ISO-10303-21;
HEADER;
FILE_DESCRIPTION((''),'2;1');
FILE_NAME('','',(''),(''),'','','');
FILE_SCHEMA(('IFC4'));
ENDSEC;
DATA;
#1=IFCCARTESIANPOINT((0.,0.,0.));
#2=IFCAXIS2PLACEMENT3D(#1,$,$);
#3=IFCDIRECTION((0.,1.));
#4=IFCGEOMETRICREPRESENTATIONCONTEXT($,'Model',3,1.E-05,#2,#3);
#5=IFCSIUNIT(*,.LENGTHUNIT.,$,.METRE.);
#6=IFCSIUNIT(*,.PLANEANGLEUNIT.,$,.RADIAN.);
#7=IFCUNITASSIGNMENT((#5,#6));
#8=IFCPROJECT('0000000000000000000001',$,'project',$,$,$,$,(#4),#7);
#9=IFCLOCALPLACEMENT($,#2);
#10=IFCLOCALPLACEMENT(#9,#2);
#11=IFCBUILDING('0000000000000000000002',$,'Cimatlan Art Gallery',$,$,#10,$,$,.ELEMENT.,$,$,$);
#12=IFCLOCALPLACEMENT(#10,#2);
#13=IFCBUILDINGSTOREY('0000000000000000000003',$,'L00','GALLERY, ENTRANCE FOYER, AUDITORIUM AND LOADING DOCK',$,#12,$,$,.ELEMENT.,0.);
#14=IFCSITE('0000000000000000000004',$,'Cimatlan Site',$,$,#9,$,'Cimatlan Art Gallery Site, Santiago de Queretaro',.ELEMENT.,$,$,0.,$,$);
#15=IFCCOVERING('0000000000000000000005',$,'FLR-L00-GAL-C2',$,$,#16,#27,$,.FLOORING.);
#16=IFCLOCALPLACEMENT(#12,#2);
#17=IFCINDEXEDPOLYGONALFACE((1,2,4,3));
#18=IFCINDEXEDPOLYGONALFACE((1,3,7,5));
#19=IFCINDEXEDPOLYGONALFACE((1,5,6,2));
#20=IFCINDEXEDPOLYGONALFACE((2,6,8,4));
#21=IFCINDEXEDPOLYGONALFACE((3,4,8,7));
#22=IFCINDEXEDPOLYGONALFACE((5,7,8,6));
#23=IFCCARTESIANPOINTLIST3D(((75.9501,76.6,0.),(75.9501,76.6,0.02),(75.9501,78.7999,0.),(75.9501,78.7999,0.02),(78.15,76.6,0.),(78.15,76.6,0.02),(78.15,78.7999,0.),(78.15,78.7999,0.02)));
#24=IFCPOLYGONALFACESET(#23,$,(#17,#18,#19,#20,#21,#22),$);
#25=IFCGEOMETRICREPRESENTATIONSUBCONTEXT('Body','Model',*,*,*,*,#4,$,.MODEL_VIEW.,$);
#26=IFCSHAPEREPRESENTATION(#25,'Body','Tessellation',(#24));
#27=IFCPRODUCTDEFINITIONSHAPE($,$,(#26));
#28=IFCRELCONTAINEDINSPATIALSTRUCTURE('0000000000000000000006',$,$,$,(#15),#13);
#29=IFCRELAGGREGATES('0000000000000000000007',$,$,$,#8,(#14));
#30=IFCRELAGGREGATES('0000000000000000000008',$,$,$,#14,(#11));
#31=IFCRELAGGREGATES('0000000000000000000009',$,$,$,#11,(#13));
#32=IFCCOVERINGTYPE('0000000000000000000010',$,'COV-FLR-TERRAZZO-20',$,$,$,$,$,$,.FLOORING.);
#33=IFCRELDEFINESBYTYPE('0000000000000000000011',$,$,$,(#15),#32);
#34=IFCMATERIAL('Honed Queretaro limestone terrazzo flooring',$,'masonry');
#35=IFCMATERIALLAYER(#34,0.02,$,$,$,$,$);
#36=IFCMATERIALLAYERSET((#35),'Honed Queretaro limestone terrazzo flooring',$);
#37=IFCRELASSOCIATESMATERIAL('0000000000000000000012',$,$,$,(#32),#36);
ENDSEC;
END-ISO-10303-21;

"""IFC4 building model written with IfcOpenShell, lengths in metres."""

from ifc_helpers import new_model, si_unit, direction, frame, origin, origin_2d, place, context, subcontext, project, spatial, rectangle, extrude, material, layer, layer_set, type_object, element, save


model = new_model("IFC4")

# Units and contexts
model_context = context("Model", 3, precision=1e-05, world=origin(), true_north=direction((0.0, 1.0)))
body_context = subcontext(model_context, "Body", "Model", "MODEL_VIEW")
ifc_project = project(units=[si_unit("LENGTHUNIT", "METRE"), si_unit("PLANEANGLEUNIT", "RADIAN")], contexts=[model_context])

# Site, building, storey
site_placement = place(None, origin())
site = spatial("IfcSite", under=ifc_project, at=site_placement, Name="Cimatlan Site", LongName="Cimatlan Art Gallery Site, Santiago de Queretaro", CompositionType="ELEMENT", RefElevation=0.0)
building_placement = place(site_placement, origin())
building = spatial("IfcBuilding", under=site, at=building_placement, Name="Cimatlan Art Gallery", CompositionType="ELEMENT")
storey_placement = place(building_placement, origin())
storey = spatial("IfcBuildingStorey", under=building, at=storey_placement, Name="L00", Description="GALLERY, ENTRANCE FOYER, AUDITORIUM AND LOADING DOCK", CompositionType="ELEMENT", Elevation=0.0)

# Covering
ifc_material_1 = material(Name="Honed Queretaro limestone terrazzo flooring", Category="masonry")
ifc_layer_1 = layer(ifc_material_1, 0.02)
ifc_layer_set_1 = layer_set([ifc_layer_1], Name="Honed Queretaro limestone terrazzo flooring")
covering_type = type_object("IfcCoveringType", Name="COV-FLR-TERRAZZO-20", PredefinedType="FLOORING", material=ifc_layer_set_1)
covering_placement = place(storey_placement, frame((77.05, 77.7, 0.0), z_axis=(0.0, 0.0, 1.0), x_axis=(1.0, 0.0, 0.0)))
element("IfcCovering", 1, at=covering_placement, inside=storey, type_object=covering_type, Name="FLR-L00-GAL-C2", PredefinedType="FLOORING", context=body_context, shape_type="SweptSolid", body=[
    extrude(rectangle(XDim=2.2, YDim=2.2, at=origin_2d()), origin(), (0.0, 0.0, 1.0), 0.02),
])

save(model, "model.ifc")
